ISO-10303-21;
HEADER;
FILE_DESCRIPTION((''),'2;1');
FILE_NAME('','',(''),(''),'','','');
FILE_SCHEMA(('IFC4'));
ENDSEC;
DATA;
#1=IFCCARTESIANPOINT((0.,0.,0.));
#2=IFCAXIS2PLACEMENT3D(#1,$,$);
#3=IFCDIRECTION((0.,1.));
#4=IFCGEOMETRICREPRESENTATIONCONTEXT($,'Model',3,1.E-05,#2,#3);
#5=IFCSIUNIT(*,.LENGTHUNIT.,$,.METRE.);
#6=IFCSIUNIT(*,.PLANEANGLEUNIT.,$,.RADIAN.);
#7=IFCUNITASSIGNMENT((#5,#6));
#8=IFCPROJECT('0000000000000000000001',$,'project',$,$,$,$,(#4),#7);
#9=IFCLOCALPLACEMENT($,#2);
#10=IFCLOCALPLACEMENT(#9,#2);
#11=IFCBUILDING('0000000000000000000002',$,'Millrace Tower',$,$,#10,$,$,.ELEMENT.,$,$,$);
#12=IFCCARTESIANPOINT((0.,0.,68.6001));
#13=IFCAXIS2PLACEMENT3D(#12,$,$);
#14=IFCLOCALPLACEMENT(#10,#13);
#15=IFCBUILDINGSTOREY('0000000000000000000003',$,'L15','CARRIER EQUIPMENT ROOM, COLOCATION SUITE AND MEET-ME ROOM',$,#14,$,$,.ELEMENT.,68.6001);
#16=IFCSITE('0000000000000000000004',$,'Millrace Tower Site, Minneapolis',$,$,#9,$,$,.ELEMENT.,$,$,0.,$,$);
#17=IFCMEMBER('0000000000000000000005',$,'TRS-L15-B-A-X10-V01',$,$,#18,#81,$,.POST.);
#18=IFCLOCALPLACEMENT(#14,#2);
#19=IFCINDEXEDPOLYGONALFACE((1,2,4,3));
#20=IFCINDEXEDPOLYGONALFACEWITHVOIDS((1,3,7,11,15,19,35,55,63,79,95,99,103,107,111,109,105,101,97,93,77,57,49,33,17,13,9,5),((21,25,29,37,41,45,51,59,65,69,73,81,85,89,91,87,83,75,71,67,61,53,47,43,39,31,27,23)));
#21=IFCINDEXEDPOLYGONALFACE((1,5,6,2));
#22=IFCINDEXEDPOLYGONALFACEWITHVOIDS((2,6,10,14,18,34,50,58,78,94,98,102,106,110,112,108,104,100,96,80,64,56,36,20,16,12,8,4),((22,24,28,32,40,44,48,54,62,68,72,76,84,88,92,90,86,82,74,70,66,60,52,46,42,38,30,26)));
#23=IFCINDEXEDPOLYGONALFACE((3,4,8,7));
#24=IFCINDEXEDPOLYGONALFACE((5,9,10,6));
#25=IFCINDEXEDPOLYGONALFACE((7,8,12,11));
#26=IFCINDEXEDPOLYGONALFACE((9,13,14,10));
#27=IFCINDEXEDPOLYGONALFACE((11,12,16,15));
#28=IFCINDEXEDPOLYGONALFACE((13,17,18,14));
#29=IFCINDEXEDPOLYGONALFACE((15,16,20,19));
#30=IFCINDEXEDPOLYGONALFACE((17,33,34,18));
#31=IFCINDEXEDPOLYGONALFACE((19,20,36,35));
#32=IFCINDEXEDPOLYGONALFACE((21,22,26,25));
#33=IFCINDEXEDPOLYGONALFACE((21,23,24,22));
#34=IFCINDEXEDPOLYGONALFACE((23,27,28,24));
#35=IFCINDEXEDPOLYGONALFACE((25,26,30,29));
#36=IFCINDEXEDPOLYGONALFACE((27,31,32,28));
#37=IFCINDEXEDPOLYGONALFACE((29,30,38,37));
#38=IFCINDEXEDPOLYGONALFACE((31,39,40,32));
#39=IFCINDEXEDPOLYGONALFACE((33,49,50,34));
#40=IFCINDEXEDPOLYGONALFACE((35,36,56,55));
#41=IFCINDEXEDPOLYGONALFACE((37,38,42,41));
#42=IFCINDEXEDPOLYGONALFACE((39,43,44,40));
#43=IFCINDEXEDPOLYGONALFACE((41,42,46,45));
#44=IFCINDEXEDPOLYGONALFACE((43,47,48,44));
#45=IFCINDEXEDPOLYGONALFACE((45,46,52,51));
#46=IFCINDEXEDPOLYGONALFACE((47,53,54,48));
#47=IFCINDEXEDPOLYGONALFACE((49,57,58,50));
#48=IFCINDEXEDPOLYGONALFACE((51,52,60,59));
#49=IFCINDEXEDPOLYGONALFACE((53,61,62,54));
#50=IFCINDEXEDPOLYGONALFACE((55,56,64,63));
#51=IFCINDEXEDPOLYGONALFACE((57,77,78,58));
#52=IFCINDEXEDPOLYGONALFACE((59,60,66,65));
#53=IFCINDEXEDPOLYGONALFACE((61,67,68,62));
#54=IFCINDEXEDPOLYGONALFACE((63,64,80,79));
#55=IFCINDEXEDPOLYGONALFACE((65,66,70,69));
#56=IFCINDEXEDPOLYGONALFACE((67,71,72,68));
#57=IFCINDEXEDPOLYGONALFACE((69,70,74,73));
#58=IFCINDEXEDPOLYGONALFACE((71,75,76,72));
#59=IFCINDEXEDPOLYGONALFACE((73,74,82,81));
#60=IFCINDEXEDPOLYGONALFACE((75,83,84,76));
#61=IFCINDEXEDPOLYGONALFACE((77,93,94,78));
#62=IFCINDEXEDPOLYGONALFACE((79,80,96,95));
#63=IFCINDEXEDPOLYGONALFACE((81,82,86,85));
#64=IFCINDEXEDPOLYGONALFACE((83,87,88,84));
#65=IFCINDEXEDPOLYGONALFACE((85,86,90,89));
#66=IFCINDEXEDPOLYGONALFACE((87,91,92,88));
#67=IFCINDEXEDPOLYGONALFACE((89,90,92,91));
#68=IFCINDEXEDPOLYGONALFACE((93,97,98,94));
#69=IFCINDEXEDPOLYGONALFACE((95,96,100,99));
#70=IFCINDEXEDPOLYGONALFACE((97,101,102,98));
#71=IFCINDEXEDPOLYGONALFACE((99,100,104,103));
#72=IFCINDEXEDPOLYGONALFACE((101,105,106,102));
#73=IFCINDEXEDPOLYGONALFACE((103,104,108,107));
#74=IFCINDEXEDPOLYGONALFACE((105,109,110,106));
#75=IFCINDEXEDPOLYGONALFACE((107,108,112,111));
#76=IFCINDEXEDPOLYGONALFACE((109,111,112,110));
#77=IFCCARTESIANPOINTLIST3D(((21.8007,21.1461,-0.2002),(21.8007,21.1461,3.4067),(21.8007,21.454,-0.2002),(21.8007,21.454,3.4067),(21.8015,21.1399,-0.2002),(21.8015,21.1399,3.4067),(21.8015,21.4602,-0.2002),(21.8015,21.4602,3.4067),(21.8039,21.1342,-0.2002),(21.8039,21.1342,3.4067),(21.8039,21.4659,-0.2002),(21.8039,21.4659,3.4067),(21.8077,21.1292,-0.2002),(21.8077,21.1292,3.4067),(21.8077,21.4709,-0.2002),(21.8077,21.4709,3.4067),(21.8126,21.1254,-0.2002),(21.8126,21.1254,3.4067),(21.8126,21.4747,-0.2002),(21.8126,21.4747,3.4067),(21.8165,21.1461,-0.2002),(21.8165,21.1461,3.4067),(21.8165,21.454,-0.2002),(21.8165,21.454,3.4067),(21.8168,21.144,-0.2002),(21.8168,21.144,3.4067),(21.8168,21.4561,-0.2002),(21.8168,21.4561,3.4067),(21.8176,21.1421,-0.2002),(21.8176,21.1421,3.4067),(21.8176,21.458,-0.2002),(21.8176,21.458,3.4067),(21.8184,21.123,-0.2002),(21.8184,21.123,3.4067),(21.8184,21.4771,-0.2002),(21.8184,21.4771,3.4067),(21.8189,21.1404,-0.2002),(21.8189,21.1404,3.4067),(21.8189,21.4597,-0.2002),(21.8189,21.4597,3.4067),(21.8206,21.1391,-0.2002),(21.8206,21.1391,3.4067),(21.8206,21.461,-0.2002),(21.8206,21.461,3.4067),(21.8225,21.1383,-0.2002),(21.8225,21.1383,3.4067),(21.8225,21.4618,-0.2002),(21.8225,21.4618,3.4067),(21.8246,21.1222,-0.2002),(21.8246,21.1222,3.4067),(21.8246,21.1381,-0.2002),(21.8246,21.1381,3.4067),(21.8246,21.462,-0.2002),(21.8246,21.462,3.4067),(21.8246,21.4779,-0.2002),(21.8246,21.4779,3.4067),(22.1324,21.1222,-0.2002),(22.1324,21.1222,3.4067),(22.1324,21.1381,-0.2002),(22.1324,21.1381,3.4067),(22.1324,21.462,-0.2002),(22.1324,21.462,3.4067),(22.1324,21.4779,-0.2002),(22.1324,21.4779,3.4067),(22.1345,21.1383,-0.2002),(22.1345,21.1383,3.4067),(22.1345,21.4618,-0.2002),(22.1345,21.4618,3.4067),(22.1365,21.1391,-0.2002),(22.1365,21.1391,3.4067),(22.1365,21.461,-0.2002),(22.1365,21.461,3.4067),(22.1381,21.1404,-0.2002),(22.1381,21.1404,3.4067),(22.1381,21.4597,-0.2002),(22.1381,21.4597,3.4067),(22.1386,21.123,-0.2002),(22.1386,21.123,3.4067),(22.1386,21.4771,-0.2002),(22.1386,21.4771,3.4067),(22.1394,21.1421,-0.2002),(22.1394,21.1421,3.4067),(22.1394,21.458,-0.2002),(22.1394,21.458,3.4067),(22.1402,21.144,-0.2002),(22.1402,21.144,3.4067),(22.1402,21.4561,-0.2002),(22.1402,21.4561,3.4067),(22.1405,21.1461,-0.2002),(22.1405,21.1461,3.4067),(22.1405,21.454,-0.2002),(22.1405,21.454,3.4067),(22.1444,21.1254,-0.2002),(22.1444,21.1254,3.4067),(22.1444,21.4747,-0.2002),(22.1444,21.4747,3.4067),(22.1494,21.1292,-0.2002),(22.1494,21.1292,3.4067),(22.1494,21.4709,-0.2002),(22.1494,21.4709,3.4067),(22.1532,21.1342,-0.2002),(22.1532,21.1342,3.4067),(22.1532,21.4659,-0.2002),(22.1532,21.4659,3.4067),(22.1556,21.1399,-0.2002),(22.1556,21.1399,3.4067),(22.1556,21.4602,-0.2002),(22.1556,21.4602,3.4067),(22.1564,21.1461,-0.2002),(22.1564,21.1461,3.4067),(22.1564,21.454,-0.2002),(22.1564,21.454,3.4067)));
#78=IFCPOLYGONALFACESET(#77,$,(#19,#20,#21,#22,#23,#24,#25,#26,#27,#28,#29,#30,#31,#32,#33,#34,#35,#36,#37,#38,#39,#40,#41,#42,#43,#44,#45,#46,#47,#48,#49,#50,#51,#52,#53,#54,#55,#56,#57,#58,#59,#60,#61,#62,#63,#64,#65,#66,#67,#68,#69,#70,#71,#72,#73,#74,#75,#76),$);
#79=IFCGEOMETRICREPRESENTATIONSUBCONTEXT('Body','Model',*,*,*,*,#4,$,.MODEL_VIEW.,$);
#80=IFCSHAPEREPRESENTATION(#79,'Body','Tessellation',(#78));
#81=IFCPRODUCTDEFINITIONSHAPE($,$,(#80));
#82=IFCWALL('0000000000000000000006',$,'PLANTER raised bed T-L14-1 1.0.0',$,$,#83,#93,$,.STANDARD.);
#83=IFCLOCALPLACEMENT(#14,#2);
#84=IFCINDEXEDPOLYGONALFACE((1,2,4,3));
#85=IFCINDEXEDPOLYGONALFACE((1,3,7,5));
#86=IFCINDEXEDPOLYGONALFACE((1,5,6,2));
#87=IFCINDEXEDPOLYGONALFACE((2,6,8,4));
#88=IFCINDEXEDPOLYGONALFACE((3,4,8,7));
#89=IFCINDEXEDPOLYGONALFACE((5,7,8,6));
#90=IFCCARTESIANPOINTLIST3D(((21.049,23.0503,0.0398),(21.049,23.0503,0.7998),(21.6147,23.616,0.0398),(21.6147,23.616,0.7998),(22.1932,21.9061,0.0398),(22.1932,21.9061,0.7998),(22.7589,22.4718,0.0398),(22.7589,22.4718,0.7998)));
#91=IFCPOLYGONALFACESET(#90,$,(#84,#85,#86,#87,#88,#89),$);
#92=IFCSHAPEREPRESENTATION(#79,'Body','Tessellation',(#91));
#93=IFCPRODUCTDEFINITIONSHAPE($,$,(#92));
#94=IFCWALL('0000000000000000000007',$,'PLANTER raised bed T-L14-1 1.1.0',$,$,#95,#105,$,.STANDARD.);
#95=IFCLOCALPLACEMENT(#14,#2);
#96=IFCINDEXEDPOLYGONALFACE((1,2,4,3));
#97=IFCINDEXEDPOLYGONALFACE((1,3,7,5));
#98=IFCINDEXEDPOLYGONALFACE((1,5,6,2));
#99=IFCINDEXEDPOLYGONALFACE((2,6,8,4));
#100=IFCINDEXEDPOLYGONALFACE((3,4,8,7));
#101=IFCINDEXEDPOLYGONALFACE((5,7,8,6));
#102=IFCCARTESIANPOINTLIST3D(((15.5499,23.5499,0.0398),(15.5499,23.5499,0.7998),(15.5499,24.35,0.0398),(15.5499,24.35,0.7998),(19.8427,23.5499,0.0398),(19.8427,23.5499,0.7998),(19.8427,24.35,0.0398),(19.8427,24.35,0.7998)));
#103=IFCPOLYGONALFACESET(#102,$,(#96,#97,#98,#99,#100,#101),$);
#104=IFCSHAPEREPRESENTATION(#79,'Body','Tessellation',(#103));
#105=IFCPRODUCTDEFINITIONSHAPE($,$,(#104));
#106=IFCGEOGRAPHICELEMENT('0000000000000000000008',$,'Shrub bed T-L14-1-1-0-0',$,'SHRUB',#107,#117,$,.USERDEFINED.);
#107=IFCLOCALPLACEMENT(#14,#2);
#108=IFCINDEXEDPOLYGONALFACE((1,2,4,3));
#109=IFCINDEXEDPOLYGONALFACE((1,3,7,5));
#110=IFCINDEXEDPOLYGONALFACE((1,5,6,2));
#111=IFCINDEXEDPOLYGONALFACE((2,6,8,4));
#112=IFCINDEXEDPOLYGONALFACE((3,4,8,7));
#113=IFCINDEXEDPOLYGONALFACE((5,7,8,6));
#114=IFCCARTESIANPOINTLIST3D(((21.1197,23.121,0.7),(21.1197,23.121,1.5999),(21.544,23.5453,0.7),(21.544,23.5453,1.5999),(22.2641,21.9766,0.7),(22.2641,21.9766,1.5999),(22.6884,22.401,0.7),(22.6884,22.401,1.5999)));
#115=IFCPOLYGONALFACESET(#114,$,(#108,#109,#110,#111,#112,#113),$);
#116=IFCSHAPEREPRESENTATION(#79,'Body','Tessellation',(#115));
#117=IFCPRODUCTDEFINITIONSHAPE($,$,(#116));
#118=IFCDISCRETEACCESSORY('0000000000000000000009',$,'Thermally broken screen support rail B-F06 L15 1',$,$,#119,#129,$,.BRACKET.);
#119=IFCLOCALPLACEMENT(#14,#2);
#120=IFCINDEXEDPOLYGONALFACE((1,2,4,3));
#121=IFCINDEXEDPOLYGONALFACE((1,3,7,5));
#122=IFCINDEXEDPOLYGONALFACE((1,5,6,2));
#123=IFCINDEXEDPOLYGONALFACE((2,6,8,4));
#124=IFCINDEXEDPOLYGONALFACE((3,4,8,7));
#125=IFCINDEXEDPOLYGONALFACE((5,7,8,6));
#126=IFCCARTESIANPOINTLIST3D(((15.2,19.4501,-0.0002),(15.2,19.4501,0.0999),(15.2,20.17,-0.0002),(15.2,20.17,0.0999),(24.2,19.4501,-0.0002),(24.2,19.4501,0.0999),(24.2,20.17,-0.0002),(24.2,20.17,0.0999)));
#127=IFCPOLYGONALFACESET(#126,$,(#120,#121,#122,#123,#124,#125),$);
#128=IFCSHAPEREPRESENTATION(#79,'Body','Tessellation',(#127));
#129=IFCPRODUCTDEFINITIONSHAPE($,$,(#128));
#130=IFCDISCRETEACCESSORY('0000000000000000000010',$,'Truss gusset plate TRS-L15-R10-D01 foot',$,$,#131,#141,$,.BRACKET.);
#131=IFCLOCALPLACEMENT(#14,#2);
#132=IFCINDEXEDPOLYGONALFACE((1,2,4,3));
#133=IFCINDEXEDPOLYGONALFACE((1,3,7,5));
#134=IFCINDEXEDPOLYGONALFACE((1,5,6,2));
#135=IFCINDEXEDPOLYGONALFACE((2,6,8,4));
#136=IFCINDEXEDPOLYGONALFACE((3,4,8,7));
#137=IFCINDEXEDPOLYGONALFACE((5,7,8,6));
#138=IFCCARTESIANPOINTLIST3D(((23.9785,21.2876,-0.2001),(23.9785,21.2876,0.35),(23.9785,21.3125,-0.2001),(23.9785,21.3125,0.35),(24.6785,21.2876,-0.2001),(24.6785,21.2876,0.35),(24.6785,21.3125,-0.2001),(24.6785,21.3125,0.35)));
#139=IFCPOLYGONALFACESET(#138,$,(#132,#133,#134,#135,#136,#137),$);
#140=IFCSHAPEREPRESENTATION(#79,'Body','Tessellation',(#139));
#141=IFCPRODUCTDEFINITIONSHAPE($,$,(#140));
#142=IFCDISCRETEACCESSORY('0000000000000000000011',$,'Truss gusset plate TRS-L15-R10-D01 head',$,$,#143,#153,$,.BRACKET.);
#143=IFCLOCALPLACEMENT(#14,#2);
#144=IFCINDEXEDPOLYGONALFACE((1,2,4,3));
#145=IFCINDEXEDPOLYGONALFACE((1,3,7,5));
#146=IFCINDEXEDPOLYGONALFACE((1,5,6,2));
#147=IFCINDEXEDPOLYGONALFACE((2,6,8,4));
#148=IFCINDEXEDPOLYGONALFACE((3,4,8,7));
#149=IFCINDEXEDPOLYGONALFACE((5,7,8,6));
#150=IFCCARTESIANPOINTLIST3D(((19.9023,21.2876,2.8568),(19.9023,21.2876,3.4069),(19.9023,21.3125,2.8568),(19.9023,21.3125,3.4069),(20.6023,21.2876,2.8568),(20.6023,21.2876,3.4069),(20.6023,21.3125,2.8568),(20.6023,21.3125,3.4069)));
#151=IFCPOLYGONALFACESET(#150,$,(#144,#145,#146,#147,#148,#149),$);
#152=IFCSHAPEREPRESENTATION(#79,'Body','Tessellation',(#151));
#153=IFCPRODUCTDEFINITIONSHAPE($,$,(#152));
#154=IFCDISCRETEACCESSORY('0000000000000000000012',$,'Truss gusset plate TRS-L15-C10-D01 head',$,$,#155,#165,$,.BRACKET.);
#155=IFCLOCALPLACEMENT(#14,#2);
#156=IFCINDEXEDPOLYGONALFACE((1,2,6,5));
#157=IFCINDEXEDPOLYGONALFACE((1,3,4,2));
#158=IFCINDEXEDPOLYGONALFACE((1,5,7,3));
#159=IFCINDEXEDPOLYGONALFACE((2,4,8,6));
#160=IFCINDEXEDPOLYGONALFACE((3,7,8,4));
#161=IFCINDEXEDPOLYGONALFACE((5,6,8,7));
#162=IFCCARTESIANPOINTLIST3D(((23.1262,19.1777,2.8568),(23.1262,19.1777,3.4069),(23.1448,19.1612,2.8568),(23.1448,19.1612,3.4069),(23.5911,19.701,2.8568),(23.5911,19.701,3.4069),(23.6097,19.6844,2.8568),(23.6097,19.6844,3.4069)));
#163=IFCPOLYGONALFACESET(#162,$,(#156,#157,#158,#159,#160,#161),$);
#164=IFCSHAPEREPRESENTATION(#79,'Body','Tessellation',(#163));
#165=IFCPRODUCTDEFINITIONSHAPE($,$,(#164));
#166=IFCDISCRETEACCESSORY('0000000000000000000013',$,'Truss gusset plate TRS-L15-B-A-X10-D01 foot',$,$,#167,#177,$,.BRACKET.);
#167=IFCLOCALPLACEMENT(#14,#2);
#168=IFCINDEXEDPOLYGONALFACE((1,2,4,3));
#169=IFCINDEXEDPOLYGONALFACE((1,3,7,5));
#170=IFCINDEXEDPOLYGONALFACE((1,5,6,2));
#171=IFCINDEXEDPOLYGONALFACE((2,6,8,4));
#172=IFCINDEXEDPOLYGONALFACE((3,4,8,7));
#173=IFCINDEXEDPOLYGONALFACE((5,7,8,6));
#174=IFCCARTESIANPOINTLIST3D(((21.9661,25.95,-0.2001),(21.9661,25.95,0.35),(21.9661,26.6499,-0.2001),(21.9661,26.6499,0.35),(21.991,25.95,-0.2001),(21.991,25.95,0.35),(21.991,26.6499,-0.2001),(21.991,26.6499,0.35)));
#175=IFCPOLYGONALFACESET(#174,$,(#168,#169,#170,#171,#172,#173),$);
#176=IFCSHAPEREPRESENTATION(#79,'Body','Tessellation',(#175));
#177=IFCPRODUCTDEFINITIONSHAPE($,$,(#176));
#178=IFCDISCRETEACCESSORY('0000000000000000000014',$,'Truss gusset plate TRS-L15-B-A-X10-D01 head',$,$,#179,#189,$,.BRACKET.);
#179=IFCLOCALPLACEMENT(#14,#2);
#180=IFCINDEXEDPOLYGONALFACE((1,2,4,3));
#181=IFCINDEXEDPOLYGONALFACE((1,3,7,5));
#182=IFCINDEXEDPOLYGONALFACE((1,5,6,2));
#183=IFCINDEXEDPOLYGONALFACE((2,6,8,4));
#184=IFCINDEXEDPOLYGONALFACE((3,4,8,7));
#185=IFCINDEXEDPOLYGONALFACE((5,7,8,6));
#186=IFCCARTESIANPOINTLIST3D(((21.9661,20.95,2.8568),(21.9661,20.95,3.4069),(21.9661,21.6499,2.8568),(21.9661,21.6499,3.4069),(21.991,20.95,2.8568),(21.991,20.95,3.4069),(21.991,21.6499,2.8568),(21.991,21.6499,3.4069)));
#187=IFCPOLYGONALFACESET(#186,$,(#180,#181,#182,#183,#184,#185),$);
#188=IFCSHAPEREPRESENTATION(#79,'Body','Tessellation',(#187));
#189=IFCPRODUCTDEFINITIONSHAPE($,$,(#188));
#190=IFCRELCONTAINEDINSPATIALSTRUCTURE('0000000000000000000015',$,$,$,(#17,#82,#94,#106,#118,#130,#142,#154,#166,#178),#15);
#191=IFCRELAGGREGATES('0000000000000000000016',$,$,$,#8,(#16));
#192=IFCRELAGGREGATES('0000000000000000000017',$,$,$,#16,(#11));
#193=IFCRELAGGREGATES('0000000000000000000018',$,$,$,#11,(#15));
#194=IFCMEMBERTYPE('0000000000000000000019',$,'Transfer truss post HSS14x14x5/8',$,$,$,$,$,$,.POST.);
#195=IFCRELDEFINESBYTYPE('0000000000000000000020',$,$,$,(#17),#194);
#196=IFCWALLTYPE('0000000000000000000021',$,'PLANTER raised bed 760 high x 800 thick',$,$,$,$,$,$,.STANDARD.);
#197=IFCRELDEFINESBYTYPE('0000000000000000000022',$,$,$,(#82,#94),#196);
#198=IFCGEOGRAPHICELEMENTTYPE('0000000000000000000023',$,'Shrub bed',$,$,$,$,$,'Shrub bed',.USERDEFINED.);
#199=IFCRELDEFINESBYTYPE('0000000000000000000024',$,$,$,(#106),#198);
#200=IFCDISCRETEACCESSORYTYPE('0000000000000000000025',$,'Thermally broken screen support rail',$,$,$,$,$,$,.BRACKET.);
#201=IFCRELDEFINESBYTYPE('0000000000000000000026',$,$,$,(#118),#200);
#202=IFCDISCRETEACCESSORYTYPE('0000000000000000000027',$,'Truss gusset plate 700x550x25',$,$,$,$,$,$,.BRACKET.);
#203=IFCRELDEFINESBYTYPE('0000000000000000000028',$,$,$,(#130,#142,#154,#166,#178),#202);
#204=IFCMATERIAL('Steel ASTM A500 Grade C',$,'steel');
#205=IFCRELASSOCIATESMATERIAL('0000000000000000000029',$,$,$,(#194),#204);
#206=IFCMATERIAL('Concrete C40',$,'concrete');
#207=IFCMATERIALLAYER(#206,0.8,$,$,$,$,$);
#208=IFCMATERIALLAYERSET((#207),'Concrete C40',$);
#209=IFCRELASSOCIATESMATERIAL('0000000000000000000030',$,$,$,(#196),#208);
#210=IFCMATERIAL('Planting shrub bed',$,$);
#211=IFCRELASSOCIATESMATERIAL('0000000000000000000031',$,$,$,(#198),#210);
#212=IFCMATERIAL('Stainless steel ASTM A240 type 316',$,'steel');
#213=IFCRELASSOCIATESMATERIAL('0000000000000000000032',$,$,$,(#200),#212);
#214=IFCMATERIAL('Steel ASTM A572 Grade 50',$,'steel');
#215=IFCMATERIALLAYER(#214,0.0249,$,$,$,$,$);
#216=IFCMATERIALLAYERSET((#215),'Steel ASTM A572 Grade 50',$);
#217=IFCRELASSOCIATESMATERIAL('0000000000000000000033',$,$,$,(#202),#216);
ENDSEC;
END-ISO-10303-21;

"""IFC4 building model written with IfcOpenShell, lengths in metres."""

from ifc_helpers import new_model, si_unit, direction, frame, frame_2d, origin, origin_2d, place, context, subcontext, project, spatial, rectangle, hollow_rectangle, extrude, material, layer, layer_set, material_profile, profile_set, type_object, element, save


model = new_model("IFC4")

# Units and contexts
model_context = context("Model", 3, precision=1e-05, world=origin(), true_north=direction((0.0, 1.0)))
body_context = subcontext(model_context, "Body", "Model", "MODEL_VIEW")
ifc_project = project(units=[si_unit("LENGTHUNIT", "METRE"), si_unit("PLANEANGLEUNIT", "RADIAN")], contexts=[model_context])

# Site, building, storey
site_placement = place(None, origin())
site = spatial("IfcSite", under=ifc_project, at=site_placement, Name="Millrace Tower Site, Minneapolis", CompositionType="ELEMENT", RefElevation=0.0)
building_placement = place(site_placement, origin())
building = spatial("IfcBuilding", under=site, at=building_placement, Name="Millrace Tower", CompositionType="ELEMENT")
storey_placement = place(building_placement, frame((0.0, 0.0, 68.6001)))
storey = spatial("IfcBuildingStorey", under=building, at=storey_placement, Name="L15", Description="CARRIER EQUIPMENT ROOM, COLOCATION SUITE AND MEET-ME ROOM", CompositionType="ELEMENT", Elevation=68.6001)

# Member
ifc_material_1 = material(Name="Steel ASTM A500 Grade C", Category="steel")
ifc_material_profile_1 = material_profile(ifc_material_1, hollow_rectangle(XDim=0.3557, YDim=0.3557, WallThickness=0.0159, InnerFilletRadius=0.0081, OuterFilletRadius=0.0239, at=origin_2d()))
ifc_profile_set_1 = profile_set([ifc_material_profile_1], Name="Steel ASTM A500 Grade C")
member_type_1 = type_object("IfcMemberType", Name="Transfer truss post HSS14x14x5/8", PredefinedType="POST", material=ifc_profile_set_1)
for number, where, z_axis, x_axis, name in (
    (1, (21.9785, 21.3, -0.2002), (0.0, 0.0, 1.0), (1.0, 0.0, 0.0), "TRS-L15-B-A-X10-V01"),
):
    element("IfcMember", number, at=place(storey_placement, frame(where, z_axis=z_axis, x_axis=x_axis)), inside=storey, type_object=member_type_1, Name=name, PredefinedType="POST", context=body_context, shape_type="SweptSolid", body=[
        extrude(hollow_rectangle(XDim=0.3557, YDim=0.3557, WallThickness=0.0159, InnerFilletRadius=0.0081, OuterFilletRadius=0.0239, at=origin_2d()), origin(), (0.0, 0.0, 1.0), 3.6069),
    ])

# Walls
ifc_material_2 = material(Name="Concrete C40", Category="concrete")
ifc_layer_1 = layer(ifc_material_2, 0.8)
ifc_layer_set_1 = layer_set([ifc_layer_1], Name="Concrete C40")
wall_type = type_object("IfcWallType", Name="PLANTER raised bed 760 high x 800 thick", PredefinedType="STANDARD", material=ifc_layer_set_1)
wall_1_placement = place(storey_placement, frame((22.4761, 22.189, 0.0398), z_axis=(0.0, 0.0, 1.0), x_axis=(-0.707107, 0.707107, 0.0)))
element("IfcWall", 2, at=wall_1_placement, inside=storey, type_object=wall_type, Name="PLANTER raised bed T-L14-1 1.0.0", PredefinedType="STANDARD", context=body_context, shape_type="SweptSolid", body=[
    extrude(rectangle(XDim=1.6182, YDim=0.8, at=frame_2d((0.8091, 0.0))), origin(), (0.0, 0.0, 1.0), 0.76),
])
wall_2_placement = place(storey_placement, frame((19.8428, 23.95, 0.0398), z_axis=(0.0, 0.0, 1.0), x_axis=(-1.0, 0.0, 0.0)))
element("IfcWall", 3, at=wall_2_placement, inside=storey, type_object=wall_type, Name="PLANTER raised bed T-L14-1 1.1.0", PredefinedType="STANDARD", context=body_context, shape_type="SweptSolid", body=[
    extrude(rectangle(XDim=4.2927, YDim=0.8, at=frame_2d((2.1465, 0.0))), origin(), (0.0, 0.0, 1.0), 0.76),
])

# Geographic element
ifc_material_3 = material(Name="Planting shrub bed")
geographic_element_type = type_object("IfcGeographicElementType", Name="Shrub bed", ElementType="Shrub bed", PredefinedType="USERDEFINED", material=ifc_material_3)
geographic_element_placement = place(storey_placement, frame((21.9041, 22.761, 0.7), z_axis=(0.0, 0.0, 1.0), x_axis=(-0.707107, 0.707107, 0.0)))
element("IfcGeographicElement", 4, at=geographic_element_placement, inside=storey, type_object=geographic_element_type, Name="Shrub bed T-L14-1-1-0-0", ObjectType="SHRUB", PredefinedType="USERDEFINED", context=body_context, shape_type="SweptSolid", body=[
    extrude(rectangle(XDim=1.6184, YDim=0.6001, at=origin_2d()), origin(), (0.0, 0.0, 1.0), 0.8999),
])

# Discrete accessories
ifc_material_4 = material(Name="Stainless steel ASTM A240 type 316", Category="steel")
discrete_accessory_type_1 = type_object("IfcDiscreteAccessoryType", Name="Thermally broken screen support rail", PredefinedType="BRACKET", material=ifc_material_4)
discrete_accessory_placement = place(storey_placement, frame((19.7, 19.8101, -0.0002), z_axis=(0.0, 0.0, 1.0), x_axis=(-1.0, 0.0, 0.0)))
element("IfcDiscreteAccessory", 5, at=discrete_accessory_placement, inside=storey, type_object=discrete_accessory_type_1, Name="Thermally broken screen support rail B-F06 L15 1", PredefinedType="BRACKET", context=body_context, shape_type="SweptSolid", body=[
    extrude(rectangle(XDim=9.0, YDim=0.72, at=origin_2d()), origin(), (0.0, 0.0, 1.0), 0.1001),
])
ifc_material_5 = material(Name="Steel ASTM A572 Grade 50", Category="steel")
ifc_layer_2 = layer(ifc_material_5, 0.0249)
ifc_layer_set_2 = layer_set([ifc_layer_2], Name="Steel ASTM A572 Grade 50")
discrete_accessory_type_2 = type_object("IfcDiscreteAccessoryType", Name="Truss gusset plate 700x550x25", PredefinedType="BRACKET", material=ifc_layer_set_2)
for number, where, z_axis, x_axis, name in (
    (6, (23.9785, 21.3, 0.075), (1.0, 0.0, 0.0), (0.0, 1.0, 0.0), "Truss gusset plate TRS-L15-R10-D01 foot"),
    (7, (19.9023, 21.3, 3.1318), (1.0, 0.0, 0.0), (0.0, 1.0, 0.0), "Truss gusset plate TRS-L15-R10-D01 head"),
    (8, (23.1355, 19.1694, 3.1318), (0.664191, 0.747563, 0.0), (-0.747563, 0.664191, 0.0), "Truss gusset plate TRS-L15-C10-D01 head"),
    (9, (21.9785, 25.95, 0.075), (0.0, 1.0, 0.0), (-1.0, 0.0, 0.0), "Truss gusset plate TRS-L15-B-A-X10-D01 foot"),
    (10, (21.9785, 20.95, 3.1318), (0.0, 1.0, 0.0), (-1.0, 0.0, 0.0), "Truss gusset plate TRS-L15-B-A-X10-D01 head"),
):
    element("IfcDiscreteAccessory", number, at=place(storey_placement, frame(where, z_axis=z_axis, x_axis=x_axis)), inside=storey, type_object=discrete_accessory_type_2, Name=name, PredefinedType="BRACKET", context=body_context, shape_type="SweptSolid", body=[
        extrude(rectangle(XDim=0.0249, YDim=0.55, at=origin_2d()), origin(), (0.0, 0.0, 1.0), 0.7),
    ])

save(model, "model.ifc")
